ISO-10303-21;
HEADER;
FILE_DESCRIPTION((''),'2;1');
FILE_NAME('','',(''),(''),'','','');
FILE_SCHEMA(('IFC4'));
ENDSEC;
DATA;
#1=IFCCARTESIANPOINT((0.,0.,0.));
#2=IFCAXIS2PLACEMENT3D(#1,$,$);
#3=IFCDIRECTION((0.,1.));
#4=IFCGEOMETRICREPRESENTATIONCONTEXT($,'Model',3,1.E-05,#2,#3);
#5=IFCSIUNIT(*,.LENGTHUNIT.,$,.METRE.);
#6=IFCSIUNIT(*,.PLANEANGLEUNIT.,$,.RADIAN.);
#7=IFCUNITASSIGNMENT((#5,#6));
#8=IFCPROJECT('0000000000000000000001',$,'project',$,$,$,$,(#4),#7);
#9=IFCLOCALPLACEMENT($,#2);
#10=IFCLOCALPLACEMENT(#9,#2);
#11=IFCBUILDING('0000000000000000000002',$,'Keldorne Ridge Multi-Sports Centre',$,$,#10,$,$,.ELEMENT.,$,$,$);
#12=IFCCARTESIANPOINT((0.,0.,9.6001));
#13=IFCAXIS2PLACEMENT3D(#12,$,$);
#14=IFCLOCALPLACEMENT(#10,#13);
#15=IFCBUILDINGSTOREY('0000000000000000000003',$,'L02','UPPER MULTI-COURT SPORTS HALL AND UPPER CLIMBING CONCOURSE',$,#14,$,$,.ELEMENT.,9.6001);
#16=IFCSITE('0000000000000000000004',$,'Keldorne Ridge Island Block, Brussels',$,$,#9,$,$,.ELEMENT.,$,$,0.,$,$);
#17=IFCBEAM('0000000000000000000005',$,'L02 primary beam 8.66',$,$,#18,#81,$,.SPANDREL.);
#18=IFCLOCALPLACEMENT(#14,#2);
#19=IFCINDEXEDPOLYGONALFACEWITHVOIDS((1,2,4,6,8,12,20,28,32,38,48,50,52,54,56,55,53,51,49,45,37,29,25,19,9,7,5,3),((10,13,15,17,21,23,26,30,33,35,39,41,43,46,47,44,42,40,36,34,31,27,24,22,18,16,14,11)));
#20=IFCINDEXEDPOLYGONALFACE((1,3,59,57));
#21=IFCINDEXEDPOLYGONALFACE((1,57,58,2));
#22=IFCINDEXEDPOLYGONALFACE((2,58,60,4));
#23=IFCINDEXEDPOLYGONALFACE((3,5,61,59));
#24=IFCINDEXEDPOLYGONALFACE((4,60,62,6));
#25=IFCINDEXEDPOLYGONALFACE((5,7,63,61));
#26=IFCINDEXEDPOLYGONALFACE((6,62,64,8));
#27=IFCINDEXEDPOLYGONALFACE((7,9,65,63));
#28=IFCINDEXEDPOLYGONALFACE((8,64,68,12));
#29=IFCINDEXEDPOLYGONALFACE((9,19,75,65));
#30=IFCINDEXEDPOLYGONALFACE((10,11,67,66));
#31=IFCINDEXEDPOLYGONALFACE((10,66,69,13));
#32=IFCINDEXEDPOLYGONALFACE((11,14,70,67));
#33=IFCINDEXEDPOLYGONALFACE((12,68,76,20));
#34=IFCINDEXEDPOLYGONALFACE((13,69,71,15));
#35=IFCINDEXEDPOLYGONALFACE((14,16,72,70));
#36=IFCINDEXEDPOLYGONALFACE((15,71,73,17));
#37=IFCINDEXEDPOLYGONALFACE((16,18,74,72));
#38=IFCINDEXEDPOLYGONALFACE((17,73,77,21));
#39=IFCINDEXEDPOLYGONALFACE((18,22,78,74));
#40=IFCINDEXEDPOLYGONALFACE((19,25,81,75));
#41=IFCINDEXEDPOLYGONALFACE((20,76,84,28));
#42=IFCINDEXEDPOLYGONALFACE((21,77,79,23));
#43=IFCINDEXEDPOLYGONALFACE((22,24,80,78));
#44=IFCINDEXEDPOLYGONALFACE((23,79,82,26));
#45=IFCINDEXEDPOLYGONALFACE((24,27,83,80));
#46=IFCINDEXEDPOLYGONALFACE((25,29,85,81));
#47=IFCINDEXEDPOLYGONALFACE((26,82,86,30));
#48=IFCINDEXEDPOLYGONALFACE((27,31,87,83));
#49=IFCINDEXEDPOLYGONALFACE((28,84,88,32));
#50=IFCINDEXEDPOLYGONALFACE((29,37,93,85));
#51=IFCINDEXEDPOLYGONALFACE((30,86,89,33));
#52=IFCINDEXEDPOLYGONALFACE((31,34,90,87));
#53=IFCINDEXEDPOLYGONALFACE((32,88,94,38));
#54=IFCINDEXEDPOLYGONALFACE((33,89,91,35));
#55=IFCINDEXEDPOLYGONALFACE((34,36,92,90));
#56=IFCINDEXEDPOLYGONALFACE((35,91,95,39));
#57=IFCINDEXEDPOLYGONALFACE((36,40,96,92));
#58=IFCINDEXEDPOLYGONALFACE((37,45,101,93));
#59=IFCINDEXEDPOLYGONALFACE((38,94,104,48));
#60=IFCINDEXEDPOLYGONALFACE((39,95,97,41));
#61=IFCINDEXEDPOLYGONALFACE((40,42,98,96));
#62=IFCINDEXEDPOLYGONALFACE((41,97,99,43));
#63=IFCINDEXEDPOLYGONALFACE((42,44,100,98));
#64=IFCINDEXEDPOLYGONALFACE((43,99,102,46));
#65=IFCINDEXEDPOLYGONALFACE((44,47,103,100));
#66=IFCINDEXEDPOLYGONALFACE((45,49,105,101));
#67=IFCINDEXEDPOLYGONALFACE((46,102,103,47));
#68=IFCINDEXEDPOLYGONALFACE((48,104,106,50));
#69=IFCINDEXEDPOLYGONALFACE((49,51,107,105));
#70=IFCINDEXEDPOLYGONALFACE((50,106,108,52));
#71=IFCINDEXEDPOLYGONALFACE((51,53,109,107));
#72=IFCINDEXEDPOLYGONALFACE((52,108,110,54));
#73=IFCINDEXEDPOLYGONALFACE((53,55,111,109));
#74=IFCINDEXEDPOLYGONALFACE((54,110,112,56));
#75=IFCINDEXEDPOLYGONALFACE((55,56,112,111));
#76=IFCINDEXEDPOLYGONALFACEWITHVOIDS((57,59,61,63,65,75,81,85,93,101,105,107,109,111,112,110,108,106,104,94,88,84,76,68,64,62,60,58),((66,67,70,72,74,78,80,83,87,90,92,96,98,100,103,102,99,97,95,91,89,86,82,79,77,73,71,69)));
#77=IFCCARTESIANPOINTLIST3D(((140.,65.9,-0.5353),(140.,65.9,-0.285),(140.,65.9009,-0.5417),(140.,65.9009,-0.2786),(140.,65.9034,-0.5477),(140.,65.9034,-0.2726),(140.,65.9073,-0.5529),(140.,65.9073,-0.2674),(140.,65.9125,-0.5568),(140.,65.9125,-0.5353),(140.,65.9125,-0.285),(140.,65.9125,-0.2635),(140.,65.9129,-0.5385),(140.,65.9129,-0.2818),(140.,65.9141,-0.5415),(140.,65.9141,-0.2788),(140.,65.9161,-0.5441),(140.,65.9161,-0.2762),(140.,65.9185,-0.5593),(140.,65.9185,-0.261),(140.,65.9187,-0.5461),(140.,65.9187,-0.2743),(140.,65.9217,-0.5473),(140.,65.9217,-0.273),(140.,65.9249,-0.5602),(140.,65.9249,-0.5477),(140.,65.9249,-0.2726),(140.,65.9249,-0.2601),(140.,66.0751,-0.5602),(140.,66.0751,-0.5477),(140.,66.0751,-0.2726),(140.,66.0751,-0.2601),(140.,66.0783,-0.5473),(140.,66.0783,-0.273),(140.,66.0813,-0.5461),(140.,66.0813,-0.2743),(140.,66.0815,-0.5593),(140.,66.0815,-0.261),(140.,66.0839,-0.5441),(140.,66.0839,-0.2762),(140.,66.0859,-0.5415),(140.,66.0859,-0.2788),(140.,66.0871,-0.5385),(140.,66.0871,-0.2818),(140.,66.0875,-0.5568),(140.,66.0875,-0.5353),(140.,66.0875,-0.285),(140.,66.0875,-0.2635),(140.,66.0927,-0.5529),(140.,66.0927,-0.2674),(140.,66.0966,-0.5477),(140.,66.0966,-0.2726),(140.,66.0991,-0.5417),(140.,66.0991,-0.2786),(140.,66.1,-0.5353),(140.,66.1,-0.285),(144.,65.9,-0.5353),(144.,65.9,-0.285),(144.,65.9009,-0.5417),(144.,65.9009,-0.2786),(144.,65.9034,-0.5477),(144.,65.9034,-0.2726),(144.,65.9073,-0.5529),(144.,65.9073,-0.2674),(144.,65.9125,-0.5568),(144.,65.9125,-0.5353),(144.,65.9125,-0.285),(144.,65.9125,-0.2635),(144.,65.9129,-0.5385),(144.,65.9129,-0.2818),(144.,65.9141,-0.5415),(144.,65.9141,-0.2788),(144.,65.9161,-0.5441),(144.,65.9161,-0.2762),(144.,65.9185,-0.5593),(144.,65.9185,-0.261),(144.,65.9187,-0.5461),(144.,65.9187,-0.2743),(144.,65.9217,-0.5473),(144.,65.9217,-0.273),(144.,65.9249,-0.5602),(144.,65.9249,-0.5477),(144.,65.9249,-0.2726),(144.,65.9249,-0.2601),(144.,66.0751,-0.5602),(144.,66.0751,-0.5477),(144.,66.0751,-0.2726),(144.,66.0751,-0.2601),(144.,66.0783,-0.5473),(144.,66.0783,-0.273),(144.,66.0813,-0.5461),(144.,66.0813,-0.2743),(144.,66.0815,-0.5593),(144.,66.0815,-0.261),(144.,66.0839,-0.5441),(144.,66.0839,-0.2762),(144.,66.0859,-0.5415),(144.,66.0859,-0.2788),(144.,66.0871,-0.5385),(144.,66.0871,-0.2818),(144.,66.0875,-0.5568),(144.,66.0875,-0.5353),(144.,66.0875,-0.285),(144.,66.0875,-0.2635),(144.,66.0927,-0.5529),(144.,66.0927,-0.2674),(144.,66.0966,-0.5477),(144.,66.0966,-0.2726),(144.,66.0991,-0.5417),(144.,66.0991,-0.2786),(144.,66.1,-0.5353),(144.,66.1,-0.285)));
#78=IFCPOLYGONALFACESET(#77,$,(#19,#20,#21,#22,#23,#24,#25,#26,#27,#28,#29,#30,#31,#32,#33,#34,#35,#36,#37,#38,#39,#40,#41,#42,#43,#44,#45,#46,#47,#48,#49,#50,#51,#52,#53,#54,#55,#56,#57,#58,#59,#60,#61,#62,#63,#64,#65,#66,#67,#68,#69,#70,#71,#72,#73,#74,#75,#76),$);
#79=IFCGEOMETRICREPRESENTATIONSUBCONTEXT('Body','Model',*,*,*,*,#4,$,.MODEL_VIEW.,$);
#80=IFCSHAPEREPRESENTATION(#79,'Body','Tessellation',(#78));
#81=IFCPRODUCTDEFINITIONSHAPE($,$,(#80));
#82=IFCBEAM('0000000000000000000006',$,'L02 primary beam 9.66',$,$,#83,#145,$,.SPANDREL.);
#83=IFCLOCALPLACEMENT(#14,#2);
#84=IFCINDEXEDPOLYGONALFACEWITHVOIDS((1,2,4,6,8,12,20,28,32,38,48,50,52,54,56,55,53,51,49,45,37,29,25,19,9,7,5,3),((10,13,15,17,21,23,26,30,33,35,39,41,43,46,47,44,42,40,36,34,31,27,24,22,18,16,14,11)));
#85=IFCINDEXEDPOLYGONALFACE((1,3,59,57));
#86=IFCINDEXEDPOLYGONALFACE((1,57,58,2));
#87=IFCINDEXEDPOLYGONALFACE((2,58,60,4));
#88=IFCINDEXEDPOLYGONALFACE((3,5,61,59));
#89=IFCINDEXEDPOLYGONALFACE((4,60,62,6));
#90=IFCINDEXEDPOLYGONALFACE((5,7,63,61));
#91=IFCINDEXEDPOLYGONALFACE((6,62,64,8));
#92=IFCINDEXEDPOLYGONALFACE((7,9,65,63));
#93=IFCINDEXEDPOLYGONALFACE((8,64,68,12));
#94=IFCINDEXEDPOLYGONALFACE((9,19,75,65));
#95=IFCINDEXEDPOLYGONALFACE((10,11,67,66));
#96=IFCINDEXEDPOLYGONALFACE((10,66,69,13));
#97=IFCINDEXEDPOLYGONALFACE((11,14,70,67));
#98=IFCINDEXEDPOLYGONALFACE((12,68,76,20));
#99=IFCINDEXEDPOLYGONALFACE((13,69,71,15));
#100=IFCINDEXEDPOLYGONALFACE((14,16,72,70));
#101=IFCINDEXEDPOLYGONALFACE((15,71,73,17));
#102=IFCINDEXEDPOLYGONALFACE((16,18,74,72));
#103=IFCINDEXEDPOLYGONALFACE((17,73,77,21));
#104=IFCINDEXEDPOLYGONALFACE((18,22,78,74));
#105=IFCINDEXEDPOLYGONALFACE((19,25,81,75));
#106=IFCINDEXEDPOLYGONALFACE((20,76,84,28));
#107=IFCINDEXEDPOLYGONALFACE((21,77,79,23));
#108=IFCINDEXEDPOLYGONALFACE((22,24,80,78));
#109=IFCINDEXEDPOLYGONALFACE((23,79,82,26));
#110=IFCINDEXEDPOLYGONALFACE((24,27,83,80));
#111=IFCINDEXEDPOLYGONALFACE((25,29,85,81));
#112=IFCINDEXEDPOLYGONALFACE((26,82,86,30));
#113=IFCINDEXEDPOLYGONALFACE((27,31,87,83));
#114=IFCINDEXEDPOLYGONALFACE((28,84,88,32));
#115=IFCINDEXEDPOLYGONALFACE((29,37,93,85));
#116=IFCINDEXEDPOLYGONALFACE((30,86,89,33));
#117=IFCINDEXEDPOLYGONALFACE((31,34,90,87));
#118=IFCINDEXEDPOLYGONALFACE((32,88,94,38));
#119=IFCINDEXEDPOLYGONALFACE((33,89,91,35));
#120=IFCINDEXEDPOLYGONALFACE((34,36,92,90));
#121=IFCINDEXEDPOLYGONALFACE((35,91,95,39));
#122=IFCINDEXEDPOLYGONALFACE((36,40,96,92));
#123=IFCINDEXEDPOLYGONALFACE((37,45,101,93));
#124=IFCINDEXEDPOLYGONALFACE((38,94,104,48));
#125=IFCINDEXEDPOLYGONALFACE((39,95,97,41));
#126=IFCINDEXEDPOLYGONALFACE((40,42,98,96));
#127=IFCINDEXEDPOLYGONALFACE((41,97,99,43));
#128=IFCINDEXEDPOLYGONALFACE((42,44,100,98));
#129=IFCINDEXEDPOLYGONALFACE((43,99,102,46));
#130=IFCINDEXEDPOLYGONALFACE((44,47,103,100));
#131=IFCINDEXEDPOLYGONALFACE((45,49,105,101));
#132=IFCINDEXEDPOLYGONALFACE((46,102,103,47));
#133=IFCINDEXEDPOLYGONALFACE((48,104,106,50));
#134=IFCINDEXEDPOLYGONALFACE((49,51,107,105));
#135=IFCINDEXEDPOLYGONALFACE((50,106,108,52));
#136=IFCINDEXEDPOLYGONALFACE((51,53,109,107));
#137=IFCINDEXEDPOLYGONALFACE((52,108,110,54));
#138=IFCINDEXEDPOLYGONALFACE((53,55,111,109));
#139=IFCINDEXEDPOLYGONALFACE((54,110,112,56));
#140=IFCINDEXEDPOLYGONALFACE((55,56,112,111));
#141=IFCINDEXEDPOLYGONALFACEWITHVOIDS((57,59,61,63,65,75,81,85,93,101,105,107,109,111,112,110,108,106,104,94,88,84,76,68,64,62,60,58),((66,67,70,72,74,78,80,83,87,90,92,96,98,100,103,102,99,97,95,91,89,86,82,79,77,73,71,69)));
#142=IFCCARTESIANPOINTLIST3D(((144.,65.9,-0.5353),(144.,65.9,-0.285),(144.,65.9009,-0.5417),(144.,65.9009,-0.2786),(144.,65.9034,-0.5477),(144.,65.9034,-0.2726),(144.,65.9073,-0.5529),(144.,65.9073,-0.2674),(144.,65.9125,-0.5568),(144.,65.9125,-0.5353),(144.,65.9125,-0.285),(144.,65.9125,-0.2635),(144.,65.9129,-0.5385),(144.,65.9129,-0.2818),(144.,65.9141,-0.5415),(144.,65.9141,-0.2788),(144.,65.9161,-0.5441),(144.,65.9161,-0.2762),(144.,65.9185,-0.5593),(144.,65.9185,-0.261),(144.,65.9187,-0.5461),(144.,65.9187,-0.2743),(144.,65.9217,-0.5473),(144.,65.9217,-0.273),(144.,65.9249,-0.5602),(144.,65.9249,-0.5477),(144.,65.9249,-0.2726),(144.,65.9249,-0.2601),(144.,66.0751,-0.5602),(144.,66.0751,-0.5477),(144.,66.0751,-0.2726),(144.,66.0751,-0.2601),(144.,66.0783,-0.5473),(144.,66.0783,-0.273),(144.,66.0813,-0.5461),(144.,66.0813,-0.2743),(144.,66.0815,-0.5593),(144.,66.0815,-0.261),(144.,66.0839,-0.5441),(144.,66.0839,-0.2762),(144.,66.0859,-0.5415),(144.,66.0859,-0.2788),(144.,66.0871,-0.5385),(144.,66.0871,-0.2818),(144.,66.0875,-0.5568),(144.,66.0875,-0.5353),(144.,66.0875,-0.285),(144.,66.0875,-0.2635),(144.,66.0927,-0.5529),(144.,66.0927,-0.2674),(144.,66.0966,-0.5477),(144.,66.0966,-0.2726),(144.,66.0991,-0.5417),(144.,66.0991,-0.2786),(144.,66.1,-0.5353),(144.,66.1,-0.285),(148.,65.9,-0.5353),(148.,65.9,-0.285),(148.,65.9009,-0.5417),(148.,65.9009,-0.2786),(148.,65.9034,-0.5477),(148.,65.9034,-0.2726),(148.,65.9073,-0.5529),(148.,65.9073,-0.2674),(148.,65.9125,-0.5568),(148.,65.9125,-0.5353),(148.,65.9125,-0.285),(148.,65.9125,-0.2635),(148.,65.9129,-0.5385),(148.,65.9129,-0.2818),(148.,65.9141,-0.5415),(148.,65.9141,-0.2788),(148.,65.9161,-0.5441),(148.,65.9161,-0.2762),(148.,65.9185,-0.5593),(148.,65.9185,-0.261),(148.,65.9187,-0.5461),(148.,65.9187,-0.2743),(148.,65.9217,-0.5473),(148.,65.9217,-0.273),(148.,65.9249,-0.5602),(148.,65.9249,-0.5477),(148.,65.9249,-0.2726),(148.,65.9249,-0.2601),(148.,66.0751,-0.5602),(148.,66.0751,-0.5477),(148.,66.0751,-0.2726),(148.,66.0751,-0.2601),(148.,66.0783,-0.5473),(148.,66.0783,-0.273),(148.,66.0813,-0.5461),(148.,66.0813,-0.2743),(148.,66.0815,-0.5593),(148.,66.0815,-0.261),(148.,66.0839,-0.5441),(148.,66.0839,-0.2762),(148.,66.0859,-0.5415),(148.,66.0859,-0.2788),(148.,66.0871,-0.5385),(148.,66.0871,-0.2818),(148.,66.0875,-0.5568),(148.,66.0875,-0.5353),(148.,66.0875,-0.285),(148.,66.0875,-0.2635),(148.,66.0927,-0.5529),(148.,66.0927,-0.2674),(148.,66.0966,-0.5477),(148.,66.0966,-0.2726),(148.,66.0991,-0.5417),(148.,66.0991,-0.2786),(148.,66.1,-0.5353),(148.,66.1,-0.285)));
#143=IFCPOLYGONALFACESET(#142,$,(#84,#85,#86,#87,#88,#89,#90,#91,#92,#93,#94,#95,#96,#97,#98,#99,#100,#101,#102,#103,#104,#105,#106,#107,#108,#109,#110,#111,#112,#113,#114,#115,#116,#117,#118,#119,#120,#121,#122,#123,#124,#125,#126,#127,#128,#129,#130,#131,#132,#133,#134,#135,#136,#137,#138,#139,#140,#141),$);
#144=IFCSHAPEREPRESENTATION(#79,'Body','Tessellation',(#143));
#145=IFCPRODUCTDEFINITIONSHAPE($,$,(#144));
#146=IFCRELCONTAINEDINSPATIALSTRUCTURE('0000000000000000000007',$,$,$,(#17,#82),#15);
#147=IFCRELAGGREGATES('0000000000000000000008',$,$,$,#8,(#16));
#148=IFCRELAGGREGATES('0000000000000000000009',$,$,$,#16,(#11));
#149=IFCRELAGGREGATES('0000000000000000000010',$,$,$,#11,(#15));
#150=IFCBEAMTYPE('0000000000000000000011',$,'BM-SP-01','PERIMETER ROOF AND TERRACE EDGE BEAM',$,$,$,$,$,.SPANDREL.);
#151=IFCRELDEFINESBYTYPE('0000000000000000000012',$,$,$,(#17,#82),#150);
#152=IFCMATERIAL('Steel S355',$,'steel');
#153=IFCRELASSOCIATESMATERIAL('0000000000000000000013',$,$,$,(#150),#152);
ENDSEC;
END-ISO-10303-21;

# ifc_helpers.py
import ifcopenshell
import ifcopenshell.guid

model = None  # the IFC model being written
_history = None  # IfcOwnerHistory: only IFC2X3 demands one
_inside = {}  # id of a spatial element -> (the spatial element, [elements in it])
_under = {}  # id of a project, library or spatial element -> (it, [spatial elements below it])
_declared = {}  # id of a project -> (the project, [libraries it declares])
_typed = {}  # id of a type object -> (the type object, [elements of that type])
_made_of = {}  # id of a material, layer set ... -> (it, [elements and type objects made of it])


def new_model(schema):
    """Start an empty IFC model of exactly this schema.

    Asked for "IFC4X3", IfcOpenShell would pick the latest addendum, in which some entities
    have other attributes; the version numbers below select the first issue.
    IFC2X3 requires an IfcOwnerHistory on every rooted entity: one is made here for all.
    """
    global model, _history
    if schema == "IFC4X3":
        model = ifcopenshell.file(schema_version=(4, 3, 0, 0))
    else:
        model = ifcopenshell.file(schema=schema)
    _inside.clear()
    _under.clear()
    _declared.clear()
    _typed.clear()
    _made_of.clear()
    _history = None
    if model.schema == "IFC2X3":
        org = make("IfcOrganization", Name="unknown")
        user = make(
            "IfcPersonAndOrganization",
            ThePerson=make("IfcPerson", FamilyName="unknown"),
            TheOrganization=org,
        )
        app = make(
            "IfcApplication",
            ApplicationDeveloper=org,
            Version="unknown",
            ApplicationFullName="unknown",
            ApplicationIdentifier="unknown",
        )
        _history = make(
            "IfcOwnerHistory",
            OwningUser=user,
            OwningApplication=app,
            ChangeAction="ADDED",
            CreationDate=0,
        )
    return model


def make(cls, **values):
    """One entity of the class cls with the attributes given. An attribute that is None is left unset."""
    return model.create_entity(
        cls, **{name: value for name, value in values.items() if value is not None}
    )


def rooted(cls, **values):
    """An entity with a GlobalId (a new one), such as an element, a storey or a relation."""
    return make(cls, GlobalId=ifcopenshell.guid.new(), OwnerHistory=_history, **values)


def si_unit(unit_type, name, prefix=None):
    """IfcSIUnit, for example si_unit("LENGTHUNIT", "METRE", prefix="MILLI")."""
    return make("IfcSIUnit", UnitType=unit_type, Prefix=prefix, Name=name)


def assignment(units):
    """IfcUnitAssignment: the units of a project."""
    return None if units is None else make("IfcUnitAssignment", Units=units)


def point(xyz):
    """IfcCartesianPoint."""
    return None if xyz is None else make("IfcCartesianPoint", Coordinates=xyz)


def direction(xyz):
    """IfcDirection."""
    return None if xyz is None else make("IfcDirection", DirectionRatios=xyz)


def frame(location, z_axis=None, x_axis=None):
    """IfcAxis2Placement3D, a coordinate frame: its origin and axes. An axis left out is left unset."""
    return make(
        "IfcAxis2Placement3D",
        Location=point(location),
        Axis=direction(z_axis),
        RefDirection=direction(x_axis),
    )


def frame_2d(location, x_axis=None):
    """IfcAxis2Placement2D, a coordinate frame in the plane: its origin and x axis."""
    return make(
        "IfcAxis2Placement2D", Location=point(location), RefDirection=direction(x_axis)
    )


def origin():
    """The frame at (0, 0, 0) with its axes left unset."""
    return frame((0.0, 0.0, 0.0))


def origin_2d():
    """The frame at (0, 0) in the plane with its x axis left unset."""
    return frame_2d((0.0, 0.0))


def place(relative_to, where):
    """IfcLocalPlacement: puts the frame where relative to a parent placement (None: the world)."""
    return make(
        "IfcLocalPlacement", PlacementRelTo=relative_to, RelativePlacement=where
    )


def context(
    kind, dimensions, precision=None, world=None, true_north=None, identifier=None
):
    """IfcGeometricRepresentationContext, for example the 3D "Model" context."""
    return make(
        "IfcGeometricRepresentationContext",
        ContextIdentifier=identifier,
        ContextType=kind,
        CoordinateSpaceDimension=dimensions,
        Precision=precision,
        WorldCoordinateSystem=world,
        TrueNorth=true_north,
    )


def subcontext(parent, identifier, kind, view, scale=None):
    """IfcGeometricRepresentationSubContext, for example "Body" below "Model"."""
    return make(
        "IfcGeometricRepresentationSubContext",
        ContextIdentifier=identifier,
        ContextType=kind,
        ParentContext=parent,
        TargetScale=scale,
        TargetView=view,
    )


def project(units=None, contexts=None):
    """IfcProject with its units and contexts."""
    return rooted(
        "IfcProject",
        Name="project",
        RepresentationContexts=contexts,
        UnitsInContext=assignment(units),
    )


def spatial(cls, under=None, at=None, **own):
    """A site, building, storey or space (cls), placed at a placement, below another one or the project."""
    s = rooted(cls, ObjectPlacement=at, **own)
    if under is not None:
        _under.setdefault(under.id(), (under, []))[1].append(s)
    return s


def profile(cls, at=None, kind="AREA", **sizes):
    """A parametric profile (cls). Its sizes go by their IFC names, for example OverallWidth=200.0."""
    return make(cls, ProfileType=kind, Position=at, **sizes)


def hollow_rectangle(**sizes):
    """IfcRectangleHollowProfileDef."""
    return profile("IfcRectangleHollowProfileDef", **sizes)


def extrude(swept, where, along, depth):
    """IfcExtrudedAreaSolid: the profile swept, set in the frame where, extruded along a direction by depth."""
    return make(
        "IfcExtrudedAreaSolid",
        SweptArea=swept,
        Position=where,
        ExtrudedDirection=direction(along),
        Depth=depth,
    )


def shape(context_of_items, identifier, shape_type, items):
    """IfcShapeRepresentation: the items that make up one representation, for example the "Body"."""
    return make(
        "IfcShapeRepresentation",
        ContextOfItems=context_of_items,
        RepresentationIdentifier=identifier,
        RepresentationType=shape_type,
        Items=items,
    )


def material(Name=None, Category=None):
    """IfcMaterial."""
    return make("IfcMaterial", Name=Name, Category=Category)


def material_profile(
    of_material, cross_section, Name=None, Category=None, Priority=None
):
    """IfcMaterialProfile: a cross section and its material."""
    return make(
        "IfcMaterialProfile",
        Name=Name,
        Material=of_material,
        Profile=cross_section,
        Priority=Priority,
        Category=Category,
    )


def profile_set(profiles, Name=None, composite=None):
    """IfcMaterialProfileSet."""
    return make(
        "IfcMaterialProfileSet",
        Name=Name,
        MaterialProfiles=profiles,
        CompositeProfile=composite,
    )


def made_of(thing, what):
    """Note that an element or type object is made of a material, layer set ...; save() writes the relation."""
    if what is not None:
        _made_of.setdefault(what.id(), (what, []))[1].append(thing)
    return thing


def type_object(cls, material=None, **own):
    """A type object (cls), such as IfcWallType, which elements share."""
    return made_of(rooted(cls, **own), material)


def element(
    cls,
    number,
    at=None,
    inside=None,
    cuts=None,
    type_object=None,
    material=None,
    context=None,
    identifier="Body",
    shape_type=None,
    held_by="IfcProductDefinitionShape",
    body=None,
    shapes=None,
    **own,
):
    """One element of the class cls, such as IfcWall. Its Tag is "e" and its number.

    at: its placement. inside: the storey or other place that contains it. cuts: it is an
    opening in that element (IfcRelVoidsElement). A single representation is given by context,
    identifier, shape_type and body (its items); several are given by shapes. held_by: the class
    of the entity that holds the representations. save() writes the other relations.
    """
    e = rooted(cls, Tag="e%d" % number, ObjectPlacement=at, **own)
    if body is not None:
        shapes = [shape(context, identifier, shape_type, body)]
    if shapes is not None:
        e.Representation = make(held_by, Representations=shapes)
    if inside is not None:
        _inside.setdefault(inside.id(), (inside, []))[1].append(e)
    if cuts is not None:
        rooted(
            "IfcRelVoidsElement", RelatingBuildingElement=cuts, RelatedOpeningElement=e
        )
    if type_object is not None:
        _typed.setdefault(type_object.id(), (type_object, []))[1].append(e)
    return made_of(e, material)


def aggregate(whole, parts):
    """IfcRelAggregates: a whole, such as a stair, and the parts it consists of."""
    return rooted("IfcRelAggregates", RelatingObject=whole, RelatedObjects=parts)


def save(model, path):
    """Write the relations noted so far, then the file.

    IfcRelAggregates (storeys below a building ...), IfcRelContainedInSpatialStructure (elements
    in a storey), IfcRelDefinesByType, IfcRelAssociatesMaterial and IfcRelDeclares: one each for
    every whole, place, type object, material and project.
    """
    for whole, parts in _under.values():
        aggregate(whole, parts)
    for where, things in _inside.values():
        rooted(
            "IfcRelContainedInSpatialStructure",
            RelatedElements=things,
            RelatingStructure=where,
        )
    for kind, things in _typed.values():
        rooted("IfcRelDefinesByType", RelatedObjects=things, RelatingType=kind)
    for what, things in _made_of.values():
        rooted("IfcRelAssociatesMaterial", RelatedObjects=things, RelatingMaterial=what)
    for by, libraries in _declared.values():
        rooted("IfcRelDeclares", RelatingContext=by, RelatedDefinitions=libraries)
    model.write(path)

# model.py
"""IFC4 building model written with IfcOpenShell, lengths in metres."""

from ifc_helpers import new_model, si_unit, direction, frame, origin, origin_2d, place, context, subcontext, project, spatial, hollow_rectangle, extrude, material, material_profile, profile_set, type_object, element, save


model = new_model("IFC4")

# Units and contexts
model_context = context("Model", 3, precision=1e-05, world=origin(), true_north=direction((0.0, 1.0)))
body_context = subcontext(model_context, "Body", "Model", "MODEL_VIEW")
ifc_project = project(units=[si_unit("LENGTHUNIT", "METRE"), si_unit("PLANEANGLEUNIT", "RADIAN")], contexts=[model_context])

# Site, building, storey
site_placement = place(None, origin())
site = spatial("IfcSite", under=ifc_project, at=site_placement, Name="Keldorne Ridge Island Block, Brussels", CompositionType="ELEMENT", RefElevation=0.0)
building_placement = place(site_placement, origin())
building = spatial("IfcBuilding", under=site, at=building_placement, Name="Keldorne Ridge Multi-Sports Centre", CompositionType="ELEMENT")
storey_placement = place(building_placement, frame((0.0, 0.0, 9.6001)))
storey = spatial("IfcBuildingStorey", under=building, at=storey_placement, Name="L02", Description="UPPER MULTI-COURT SPORTS HALL AND UPPER CLIMBING CONCOURSE", CompositionType="ELEMENT", Elevation=9.6001)

# Shared definitions
ifc_material_1 = material(Name="Steel S355", Category="steel")

# Beams
ifc_material_profile_1 = material_profile(ifc_material_1, hollow_rectangle(XDim=0.2, YDim=0.3, WallThickness=0.0125, InnerFilletRadius=0.0125, OuterFilletRadius=0.0249, at=origin_2d()), Name="RHS 300x200x12.5")
ifc_profile_set_1 = profile_set([ifc_material_profile_1], Name="Steel S355")
beam_type_1 = type_object("IfcBeamType", Name="BM-SP-01", Description="PERIMETER ROOF AND TERRACE EDGE BEAM", PredefinedType="SPANDREL", material=ifc_profile_set_1)
for number, where, z_axis, x_axis, name in (
    (1, (140.0, 66.0, -0.4102), (1.0, 0.0, 0.0), (0.0, 1.0, 0.0), "L02 primary beam 8.66"),
    (2, (144.0, 66.0, -0.4102), (1.0, 0.0, 0.0), (0.0, 1.0, 0.0), "L02 primary beam 9.66"),
):
    element("IfcBeam", number, at=place(storey_placement, frame(where, z_axis=z_axis, x_axis=x_axis)), inside=storey, type_object=beam_type_1, Name=name, PredefinedType="SPANDREL", context=body_context, shape_type="SweptSolid", body=[
        extrude(hollow_rectangle(XDim=0.2, YDim=0.3, WallThickness=0.0125, InnerFilletRadius=0.0125, OuterFilletRadius=0.0249, at=origin_2d()), origin(), (0.0, 0.0, 1.0), 4.0),
    ])

save(model, "model.ifc")
